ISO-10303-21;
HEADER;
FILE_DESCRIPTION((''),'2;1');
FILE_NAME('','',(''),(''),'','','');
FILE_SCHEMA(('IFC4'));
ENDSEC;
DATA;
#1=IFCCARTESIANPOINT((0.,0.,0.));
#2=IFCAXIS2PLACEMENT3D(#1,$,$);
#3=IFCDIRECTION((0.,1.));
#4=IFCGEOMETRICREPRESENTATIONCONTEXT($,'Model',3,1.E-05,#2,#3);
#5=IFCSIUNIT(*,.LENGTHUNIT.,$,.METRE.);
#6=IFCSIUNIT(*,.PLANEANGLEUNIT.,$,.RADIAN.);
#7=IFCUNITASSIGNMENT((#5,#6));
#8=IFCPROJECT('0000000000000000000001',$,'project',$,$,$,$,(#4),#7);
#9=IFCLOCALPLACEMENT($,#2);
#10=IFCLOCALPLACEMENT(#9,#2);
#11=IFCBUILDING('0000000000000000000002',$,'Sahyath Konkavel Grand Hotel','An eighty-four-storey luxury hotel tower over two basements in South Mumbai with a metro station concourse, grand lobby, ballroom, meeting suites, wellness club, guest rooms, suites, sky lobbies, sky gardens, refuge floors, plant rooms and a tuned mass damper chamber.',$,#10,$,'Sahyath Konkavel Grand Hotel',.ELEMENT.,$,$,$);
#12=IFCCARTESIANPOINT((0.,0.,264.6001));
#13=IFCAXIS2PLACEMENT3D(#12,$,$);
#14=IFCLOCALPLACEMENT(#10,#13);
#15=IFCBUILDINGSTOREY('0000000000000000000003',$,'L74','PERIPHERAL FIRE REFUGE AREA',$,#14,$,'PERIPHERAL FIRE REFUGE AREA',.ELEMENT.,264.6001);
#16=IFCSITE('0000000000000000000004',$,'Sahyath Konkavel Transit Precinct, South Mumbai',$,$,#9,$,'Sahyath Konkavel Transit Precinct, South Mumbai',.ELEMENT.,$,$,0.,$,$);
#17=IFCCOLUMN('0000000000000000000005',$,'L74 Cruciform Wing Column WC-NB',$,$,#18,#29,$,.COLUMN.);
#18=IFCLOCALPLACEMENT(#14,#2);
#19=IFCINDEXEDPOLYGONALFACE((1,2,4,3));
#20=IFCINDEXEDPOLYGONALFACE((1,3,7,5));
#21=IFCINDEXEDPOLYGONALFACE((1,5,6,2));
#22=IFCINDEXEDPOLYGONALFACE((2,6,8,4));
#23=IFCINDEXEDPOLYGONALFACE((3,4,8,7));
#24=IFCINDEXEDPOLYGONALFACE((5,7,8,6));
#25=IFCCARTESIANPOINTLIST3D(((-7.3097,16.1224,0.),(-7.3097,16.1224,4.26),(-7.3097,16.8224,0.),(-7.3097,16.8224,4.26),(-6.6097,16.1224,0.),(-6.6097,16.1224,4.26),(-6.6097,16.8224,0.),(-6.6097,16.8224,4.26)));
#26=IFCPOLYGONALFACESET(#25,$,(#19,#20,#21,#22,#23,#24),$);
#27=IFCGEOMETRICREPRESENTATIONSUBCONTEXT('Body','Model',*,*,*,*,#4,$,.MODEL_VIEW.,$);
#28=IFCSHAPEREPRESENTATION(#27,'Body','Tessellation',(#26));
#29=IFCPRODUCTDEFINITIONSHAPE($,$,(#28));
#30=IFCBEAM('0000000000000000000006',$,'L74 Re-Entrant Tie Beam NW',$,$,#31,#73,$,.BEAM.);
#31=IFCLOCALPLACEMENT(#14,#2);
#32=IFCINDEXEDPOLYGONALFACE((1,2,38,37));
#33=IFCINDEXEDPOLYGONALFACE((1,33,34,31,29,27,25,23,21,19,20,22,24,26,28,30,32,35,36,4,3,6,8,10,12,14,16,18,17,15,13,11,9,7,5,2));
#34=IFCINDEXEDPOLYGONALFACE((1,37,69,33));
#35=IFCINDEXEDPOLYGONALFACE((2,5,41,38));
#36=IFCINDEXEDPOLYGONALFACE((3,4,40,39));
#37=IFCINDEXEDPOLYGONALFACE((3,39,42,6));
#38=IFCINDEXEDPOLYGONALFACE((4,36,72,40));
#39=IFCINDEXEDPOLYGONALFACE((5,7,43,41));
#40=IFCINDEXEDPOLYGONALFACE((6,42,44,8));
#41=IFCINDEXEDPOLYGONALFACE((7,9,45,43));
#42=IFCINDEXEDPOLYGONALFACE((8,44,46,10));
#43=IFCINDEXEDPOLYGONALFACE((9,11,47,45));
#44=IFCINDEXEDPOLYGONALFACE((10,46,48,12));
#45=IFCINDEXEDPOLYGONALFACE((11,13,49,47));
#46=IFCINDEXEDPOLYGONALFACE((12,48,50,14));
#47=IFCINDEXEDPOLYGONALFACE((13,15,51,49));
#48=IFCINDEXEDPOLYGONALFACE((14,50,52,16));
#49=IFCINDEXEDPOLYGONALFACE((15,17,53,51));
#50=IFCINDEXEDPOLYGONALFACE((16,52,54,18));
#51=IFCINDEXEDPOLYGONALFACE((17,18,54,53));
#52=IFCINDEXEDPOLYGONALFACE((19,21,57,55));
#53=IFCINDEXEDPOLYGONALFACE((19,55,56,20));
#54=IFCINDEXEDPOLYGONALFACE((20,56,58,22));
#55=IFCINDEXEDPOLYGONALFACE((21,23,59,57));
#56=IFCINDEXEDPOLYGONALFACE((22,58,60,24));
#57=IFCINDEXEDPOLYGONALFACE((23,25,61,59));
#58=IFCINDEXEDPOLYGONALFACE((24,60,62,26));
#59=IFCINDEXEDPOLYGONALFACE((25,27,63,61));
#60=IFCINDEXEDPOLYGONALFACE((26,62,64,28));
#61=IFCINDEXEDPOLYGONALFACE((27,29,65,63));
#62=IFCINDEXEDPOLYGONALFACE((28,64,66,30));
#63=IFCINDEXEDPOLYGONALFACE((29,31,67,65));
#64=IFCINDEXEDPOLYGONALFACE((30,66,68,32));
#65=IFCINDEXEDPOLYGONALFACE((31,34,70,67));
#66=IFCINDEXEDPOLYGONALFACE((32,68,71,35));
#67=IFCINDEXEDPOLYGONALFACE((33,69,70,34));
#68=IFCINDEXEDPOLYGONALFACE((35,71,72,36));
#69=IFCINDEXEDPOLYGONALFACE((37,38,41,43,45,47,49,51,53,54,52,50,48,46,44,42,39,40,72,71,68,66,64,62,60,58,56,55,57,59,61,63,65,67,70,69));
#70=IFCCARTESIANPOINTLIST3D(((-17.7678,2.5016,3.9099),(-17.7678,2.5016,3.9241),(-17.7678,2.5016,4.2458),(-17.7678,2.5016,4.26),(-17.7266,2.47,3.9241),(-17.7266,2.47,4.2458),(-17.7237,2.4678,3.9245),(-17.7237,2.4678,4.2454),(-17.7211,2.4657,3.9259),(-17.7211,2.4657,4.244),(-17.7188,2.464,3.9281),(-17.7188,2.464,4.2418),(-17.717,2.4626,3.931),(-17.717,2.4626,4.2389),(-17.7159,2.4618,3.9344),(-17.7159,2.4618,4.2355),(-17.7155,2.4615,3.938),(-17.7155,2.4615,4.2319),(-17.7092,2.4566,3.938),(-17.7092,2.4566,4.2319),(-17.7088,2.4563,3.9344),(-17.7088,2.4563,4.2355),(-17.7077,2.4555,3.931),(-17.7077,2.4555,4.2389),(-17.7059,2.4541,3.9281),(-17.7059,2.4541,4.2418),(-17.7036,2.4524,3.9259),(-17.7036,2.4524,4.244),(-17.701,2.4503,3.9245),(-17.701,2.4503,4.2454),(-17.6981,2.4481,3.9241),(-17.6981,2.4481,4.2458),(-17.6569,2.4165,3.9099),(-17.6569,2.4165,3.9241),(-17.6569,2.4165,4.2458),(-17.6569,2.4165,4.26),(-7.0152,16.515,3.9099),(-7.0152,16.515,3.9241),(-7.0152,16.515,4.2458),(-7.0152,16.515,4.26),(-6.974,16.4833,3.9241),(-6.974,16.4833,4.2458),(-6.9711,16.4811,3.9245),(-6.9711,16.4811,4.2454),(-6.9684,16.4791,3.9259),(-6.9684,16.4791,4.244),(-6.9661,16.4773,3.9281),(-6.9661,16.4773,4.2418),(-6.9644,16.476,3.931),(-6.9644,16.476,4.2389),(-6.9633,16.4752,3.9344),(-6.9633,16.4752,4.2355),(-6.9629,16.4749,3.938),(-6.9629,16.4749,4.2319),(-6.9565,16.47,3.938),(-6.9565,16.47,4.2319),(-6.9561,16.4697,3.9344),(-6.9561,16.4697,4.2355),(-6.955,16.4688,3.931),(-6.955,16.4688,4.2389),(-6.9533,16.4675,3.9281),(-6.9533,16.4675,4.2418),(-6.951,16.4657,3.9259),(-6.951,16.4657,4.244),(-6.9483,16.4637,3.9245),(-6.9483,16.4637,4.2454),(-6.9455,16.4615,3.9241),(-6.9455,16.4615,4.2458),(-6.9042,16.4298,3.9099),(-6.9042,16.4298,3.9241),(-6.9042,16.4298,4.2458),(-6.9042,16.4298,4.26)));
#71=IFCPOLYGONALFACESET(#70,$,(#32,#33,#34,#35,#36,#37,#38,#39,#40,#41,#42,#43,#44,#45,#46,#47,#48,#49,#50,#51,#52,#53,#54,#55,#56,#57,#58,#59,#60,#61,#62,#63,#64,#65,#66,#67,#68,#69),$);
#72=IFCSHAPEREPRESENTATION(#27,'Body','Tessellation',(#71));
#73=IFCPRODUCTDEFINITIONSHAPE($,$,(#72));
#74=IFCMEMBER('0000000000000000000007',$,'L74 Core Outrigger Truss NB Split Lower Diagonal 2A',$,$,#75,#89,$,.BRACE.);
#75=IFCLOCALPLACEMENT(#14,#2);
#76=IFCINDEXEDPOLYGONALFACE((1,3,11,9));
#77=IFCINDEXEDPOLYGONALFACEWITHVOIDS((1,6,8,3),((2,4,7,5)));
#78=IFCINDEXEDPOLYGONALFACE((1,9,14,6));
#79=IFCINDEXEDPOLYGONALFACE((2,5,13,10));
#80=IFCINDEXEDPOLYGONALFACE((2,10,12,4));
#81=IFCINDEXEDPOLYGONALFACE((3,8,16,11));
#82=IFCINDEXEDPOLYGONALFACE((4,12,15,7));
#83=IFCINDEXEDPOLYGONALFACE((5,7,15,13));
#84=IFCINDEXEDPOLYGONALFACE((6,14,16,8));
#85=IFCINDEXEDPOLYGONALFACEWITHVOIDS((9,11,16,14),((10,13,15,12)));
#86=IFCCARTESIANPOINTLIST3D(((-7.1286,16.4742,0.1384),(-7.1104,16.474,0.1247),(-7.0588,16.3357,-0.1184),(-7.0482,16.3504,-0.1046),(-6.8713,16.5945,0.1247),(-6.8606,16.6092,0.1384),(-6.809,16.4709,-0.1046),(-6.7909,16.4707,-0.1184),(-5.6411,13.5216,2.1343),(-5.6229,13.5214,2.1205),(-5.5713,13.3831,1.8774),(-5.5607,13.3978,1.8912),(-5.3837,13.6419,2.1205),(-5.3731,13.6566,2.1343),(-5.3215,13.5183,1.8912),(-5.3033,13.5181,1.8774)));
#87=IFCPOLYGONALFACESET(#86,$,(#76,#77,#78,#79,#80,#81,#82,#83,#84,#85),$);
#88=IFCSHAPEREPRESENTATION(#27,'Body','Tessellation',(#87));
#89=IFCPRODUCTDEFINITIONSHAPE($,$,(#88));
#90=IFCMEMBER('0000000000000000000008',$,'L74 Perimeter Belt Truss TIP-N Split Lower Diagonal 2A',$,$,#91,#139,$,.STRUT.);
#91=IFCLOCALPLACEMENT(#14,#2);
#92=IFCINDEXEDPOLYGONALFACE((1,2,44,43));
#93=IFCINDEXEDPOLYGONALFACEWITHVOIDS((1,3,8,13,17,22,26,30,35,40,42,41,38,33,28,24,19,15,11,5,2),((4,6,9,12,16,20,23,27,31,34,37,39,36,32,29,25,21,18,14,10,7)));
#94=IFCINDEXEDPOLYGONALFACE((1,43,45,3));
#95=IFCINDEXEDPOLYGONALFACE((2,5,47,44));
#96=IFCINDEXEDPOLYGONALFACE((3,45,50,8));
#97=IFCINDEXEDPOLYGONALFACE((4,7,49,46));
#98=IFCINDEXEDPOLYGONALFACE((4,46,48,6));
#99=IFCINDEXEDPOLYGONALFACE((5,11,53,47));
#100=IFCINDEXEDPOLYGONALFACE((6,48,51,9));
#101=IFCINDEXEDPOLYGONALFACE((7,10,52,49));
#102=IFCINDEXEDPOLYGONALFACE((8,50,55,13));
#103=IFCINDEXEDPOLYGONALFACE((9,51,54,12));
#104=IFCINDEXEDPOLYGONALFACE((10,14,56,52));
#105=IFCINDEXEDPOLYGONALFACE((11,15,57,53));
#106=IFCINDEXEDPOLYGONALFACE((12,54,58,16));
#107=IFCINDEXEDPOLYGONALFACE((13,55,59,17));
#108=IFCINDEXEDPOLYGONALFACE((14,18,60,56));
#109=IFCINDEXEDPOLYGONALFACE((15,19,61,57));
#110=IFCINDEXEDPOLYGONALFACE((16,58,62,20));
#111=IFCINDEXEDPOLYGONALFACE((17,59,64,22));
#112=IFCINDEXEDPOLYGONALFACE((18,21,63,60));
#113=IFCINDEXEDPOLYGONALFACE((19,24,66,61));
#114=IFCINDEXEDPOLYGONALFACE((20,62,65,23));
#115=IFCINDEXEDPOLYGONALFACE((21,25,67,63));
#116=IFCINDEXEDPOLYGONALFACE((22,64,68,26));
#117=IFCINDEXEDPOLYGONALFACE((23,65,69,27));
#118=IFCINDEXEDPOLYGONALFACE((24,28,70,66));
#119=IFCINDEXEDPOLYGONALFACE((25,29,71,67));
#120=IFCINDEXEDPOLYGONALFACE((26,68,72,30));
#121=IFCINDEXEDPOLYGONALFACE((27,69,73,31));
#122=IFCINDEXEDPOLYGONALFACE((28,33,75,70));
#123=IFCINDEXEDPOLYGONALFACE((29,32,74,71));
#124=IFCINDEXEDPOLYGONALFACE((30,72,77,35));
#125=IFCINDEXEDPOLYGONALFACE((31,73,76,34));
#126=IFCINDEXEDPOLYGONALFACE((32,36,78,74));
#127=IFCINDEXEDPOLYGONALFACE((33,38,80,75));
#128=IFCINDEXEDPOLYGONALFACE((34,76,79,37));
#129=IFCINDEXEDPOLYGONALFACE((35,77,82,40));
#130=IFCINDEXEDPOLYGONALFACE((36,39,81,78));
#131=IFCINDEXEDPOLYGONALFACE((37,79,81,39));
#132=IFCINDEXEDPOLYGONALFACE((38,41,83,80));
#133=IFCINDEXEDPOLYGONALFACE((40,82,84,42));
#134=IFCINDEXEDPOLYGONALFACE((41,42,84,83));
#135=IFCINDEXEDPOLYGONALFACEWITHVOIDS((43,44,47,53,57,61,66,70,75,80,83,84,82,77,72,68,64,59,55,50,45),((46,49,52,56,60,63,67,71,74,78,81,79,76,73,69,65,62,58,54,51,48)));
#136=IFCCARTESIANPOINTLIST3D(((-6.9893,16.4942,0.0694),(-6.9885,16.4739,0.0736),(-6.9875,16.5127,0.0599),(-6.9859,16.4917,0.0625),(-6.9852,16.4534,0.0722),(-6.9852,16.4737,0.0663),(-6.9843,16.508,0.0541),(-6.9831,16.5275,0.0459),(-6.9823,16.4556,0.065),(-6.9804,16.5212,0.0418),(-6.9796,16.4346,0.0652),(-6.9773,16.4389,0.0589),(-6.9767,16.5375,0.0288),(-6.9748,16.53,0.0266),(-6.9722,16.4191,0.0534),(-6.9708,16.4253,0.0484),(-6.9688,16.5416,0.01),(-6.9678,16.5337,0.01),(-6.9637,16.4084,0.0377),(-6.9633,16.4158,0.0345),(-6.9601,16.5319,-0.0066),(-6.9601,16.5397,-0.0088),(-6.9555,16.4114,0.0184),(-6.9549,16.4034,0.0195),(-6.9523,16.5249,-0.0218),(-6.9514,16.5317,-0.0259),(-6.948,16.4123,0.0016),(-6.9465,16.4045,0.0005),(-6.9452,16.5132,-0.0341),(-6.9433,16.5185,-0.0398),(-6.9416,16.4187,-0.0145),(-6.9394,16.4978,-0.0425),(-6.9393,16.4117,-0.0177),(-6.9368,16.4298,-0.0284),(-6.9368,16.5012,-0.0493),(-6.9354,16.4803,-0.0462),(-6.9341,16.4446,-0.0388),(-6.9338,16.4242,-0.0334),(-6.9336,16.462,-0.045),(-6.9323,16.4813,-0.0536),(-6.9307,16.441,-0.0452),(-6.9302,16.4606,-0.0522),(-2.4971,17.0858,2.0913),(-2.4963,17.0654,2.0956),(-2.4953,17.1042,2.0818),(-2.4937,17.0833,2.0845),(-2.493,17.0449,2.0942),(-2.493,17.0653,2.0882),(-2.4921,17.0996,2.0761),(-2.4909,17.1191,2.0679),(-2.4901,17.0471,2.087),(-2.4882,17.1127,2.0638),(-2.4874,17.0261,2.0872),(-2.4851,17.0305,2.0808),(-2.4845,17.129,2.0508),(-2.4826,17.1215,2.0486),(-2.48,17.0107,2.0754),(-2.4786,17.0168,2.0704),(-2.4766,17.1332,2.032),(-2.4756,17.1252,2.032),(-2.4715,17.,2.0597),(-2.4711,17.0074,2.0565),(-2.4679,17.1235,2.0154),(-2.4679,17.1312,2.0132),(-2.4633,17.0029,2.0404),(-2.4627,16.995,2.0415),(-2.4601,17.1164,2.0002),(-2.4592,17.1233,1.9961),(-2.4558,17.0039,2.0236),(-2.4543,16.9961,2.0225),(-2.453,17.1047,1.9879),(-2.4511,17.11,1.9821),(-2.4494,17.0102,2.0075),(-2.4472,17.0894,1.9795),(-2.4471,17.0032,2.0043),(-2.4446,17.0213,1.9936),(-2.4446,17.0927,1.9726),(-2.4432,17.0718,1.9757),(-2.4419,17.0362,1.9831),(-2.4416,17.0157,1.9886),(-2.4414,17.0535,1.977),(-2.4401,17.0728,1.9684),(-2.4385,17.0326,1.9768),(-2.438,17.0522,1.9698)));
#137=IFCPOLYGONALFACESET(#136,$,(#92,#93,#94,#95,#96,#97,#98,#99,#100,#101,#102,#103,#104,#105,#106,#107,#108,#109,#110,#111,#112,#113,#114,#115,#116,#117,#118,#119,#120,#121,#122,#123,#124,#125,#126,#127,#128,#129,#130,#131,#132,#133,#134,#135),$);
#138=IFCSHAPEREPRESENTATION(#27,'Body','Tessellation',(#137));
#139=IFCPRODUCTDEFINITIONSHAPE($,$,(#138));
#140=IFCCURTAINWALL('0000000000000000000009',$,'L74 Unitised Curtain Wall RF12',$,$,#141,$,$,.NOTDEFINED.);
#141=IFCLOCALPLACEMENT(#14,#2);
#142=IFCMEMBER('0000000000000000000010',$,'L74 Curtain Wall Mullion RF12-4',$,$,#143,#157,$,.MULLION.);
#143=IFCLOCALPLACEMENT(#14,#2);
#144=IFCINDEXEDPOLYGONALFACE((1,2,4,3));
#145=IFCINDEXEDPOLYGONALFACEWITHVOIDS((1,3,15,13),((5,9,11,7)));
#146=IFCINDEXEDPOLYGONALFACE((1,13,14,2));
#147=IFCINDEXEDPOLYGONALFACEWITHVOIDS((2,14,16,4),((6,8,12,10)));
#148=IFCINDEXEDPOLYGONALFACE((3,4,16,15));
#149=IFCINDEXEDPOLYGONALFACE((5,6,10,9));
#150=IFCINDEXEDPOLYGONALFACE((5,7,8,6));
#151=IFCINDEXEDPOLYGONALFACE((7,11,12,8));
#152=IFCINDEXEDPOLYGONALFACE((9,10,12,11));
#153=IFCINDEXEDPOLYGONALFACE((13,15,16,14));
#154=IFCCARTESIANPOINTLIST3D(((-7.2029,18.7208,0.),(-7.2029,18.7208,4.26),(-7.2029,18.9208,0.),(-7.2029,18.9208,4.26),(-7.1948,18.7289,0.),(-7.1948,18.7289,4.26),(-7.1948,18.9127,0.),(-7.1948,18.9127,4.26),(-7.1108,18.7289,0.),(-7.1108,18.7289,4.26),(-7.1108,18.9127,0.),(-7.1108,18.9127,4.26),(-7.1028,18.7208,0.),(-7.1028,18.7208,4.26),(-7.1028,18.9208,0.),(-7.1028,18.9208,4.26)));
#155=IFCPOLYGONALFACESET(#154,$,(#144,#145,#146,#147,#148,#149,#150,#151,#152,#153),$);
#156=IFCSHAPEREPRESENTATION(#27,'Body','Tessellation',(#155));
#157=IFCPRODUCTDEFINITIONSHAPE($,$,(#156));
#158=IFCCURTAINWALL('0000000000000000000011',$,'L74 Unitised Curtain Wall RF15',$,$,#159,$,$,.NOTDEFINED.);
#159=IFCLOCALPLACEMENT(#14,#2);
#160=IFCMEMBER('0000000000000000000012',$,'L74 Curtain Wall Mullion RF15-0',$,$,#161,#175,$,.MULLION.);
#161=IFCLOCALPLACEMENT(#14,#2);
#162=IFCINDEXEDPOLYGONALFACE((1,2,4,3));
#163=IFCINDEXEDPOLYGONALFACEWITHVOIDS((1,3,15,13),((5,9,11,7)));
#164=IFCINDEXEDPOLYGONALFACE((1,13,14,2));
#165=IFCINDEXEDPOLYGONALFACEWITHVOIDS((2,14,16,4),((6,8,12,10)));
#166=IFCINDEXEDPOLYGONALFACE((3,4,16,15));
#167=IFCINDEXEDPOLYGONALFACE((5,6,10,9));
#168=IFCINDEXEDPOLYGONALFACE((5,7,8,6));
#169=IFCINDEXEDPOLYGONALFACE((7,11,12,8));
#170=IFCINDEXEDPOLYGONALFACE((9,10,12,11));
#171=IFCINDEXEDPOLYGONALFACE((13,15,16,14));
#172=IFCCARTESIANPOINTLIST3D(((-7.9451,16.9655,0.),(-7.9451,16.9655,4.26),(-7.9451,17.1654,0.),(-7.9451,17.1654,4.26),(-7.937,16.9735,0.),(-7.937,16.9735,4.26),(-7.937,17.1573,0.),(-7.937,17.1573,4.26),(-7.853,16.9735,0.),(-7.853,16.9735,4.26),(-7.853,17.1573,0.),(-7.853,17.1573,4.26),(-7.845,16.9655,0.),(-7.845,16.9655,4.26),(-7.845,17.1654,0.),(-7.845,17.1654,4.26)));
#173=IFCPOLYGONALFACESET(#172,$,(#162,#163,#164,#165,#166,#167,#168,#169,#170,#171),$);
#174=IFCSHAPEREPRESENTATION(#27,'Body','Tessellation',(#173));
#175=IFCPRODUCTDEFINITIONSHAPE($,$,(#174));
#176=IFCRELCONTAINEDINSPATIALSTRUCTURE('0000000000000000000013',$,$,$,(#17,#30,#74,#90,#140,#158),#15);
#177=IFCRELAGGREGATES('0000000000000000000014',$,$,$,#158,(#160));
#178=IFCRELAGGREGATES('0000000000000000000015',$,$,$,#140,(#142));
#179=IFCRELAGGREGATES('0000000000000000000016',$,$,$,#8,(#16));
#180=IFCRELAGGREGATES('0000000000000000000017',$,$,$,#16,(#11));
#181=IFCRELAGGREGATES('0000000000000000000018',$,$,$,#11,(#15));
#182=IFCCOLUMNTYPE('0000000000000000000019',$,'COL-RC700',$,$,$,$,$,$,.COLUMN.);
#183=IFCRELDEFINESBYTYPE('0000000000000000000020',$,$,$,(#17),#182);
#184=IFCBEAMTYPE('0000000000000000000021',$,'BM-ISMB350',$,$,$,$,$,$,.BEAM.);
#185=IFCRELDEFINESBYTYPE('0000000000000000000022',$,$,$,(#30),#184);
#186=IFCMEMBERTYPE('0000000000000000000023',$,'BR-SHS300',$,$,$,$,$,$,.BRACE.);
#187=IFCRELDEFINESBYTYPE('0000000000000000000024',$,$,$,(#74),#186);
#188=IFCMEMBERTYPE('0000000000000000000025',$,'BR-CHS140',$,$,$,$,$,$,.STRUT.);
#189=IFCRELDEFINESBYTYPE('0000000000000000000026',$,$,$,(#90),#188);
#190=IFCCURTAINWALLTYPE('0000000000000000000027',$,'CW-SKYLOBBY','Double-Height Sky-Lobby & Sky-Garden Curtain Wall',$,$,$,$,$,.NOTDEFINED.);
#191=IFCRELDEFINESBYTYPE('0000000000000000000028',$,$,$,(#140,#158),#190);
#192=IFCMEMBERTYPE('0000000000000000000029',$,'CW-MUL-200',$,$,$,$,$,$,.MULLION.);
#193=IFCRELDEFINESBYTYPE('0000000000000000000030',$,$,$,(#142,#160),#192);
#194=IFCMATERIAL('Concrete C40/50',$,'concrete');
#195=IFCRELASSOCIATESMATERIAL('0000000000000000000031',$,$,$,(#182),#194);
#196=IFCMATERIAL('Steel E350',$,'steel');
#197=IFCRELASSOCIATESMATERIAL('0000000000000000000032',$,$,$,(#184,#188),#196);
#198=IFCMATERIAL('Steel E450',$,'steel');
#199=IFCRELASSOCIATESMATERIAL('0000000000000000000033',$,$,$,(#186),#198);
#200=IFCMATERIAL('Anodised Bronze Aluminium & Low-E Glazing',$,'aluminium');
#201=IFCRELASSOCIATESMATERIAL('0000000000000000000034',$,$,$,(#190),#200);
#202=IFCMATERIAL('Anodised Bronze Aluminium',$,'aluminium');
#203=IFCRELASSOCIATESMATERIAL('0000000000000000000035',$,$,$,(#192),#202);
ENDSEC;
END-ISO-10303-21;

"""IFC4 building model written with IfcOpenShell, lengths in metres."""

from ifc_helpers import new_model, si_unit, direction, frame, origin, origin_2d, place, context, subcontext, project, spatial, rectangle, hollow_rectangle, hollow_circle, i_section, extrude, source, transform, mapped, material, material_profile, profile_set, type_object, element, aggregate, save


model = new_model("IFC4")

# Units and contexts
model_context = context("Model", 3, precision=1e-05, world=origin(), true_north=direction((0.0, 1.0)))
body_context = subcontext(model_context, "Body", "Model", "MODEL_VIEW")
ifc_project = project(units=[si_unit("LENGTHUNIT", "METRE"), si_unit("PLANEANGLEUNIT", "RADIAN")], contexts=[model_context])

# Site, building, storey
site_placement = place(None, origin())
site = spatial("IfcSite", under=ifc_project, at=site_placement, Name="Sahyath Konkavel Transit Precinct, South Mumbai", LongName="Sahyath Konkavel Transit Precinct, South Mumbai", CompositionType="ELEMENT", RefElevation=0.0)
building_placement = place(site_placement, origin())
building = spatial("IfcBuilding", under=site, at=building_placement, Name="Sahyath Konkavel Grand Hotel", Description="An eighty-four-storey luxury hotel tower over two basements in South Mumbai with a metro station concourse, grand lobby, ballroom, meeting suites, wellness club, guest rooms, suites, sky lobbies, sky gardens, refuge floors, plant rooms and a tuned mass damper chamber.", LongName="Sahyath Konkavel Grand Hotel", CompositionType="ELEMENT")
storey_placement = place(building_placement, frame((0.0, 0.0, 264.6001)))
storey = spatial("IfcBuildingStorey", under=building, at=storey_placement, Name="L74", Description="PERIPHERAL FIRE REFUGE AREA", LongName="PERIPHERAL FIRE REFUGE AREA", CompositionType="ELEMENT", Elevation=264.6001)

# Column
ifc_material_1 = material(Name="Concrete C40/50", Category="concrete")
ifc_material_profile_1 = material_profile(ifc_material_1, rectangle(XDim=0.7, YDim=0.7, at=origin_2d()), Name="RC 700x700")
ifc_profile_set_1 = profile_set([ifc_material_profile_1], Name="Concrete C40/50")
column_type = type_object("IfcColumnType", Name="COL-RC700", PredefinedType="COLUMN", material=ifc_profile_set_1)
shared_shape_1 = source(origin(), body_context, "Body", "SweptSolid", [
    extrude(rectangle(XDim=0.7, YDim=0.7, at=origin_2d()), origin(), (0.0, 0.0, 1.0), 4.26),
])
column_placement = place(storey_placement, frame((-6.9597, 16.4724, 0.0), z_axis=(0.0, 0.0, 1.0), x_axis=(1.0, 0.0, 0.0)))
element("IfcColumn", 1, at=column_placement, inside=storey, type_object=column_type, Name="L74 Cruciform Wing Column WC-NB", PredefinedType="COLUMN", context=body_context, shape_type="MappedRepresentation", body=[
    mapped(shared_shape_1, transform((0.0, 0.0, 0.0), scale=1.0)),
])

# Beam
ifc_material_2 = material(Name="Steel E350", Category="steel")
ifc_material_profile_2 = material_profile(ifc_material_2, i_section(OverallWidth=0.1399, OverallDepth=0.3501, WebThickness=0.0081, FlangeThickness=0.0142, FilletRadius=0.0139, at=origin_2d()), Name="ISMB 350")
ifc_profile_set_2 = profile_set([ifc_material_profile_2], Name="Steel E350")
beam_type = type_object("IfcBeamType", Name="BM-ISMB350", PredefinedType="BEAM", material=ifc_profile_set_2)
shared_shape_2 = source(origin(), body_context, "Body", "SweptSolid", [
    extrude(i_section(OverallWidth=0.1399, OverallDepth=0.3501, WebThickness=0.0081, FlangeThickness=0.0142, FilletRadius=0.0139, at=origin_2d()), origin(), (0.0, 0.0, 1.0), 17.6633),
])
beam_placement = place(storey_placement, frame((-6.9597, 16.4724, 4.085), z_axis=(-0.608754, -0.793359, 0.0), x_axis=(0.793359, -0.608754, 0.0)))
element("IfcBeam", 2, at=beam_placement, inside=storey, type_object=beam_type, Name="L74 Re-Entrant Tie Beam NW", PredefinedType="BEAM", context=body_context, shape_type="MappedRepresentation", body=[
    mapped(shared_shape_2, transform((0.0, 0.0, 0.0), scale=1.0)),
])

# Members
ifc_material_3 = material(Name="Steel E450", Category="steel")
ifc_material_profile_3 = material_profile(ifc_material_3, hollow_rectangle(XDim=0.3, YDim=0.3, WallThickness=0.0161, at=origin_2d()), Name="SHS 300x300x16")
ifc_profile_set_3 = profile_set([ifc_material_profile_3], Name="Steel E450")
member_type_1 = type_object("IfcMemberType", Name="BR-SHS300", PredefinedType="BRACE", material=ifc_profile_set_3)
shared_shape_3 = source(origin(), body_context, "Body", "SweptSolid", [
    extrude(hollow_rectangle(XDim=0.3, YDim=0.3, WallThickness=0.0161, at=origin_2d()), origin(), (0.0, 0.0, 1.0), 3.8618),
])
member_1_placement = place(storey_placement, frame((-6.9597, 16.4724, 0.01), z_axis=(0.385186, -0.764555, 0.516805), x_axis=(0.893064, 0.449929, 0.0)))
element("IfcMember", 3, at=member_1_placement, inside=storey, type_object=member_type_1, Name="L74 Core Outrigger Truss NB Split Lower Diagonal 2A", PredefinedType="BRACE", context=body_context, shape_type="MappedRepresentation", body=[
    mapped(shared_shape_3, transform((0.0, 0.0, 0.0), scale=1.0)),
])
ifc_material_profile_4 = material_profile(ifc_material_2, hollow_circle(Radius=0.0698, WallThickness=0.0081, at=origin_2d()), Name="CHS 139.7x8")
ifc_profile_set_4 = profile_set([ifc_material_profile_4], Name="Steel E350")
member_type_2 = type_object("IfcMemberType", Name="BR-CHS140", PredefinedType="STRUT", material=ifc_profile_set_4)
shared_shape_4 = source(origin(), body_context, "Body", "SweptSolid", [
    extrude(hollow_circle(Radius=0.0698, WallThickness=0.0081, at=origin_2d()), origin(), (0.0, 0.0, 1.0), 4.9617),
])
member_2_placement = place(storey_placement, frame((-6.9597, 16.4724, 0.01), z_axis=(0.90538, 0.119225, 0.40752), x_axis=(-0.130558, 0.991441, 0.0)))
element("IfcMember", 4, at=member_2_placement, inside=storey, type_object=member_type_2, Name="L74 Perimeter Belt Truss TIP-N Split Lower Diagonal 2A", PredefinedType="STRUT", context=body_context, shape_type="MappedRepresentation", body=[
    mapped(shared_shape_4, transform((0.0, 0.0, 0.0), scale=1.0)),
])

# Curtain wall, member
ifc_material_4 = material(Name="Anodised Bronze Aluminium & Low-E Glazing", Category="aluminium")
curtain_wall_type = type_object("IfcCurtainWallType", Name="CW-SKYLOBBY", Description="Double-Height Sky-Lobby & Sky-Garden Curtain Wall", PredefinedType="NOTDEFINED", material=ifc_material_4)
curtain_wall_1_placement = place(storey_placement, origin())
curtain_wall_1 = element("IfcCurtainWall", 5, at=curtain_wall_1_placement, inside=storey, type_object=curtain_wall_type, Name="L74 Unitised Curtain Wall RF12", PredefinedType="NOTDEFINED")
ifc_material_5 = material(Name="Anodised Bronze Aluminium", Category="aluminium")
ifc_material_profile_5 = material_profile(ifc_material_5, hollow_rectangle(XDim=0.1001, YDim=0.2, WallThickness=0.0081, at=origin_2d()), Name="RHS 200x100x8")
ifc_profile_set_5 = profile_set([ifc_material_profile_5], Name="Anodised Bronze Aluminium")
member_type_3 = type_object("IfcMemberType", Name="CW-MUL-200", PredefinedType="MULLION", material=ifc_profile_set_5)
shared_shape_5 = source(origin(), body_context, "Body", "SweptSolid", [
    extrude(hollow_rectangle(XDim=0.1001, YDim=0.2, WallThickness=0.0081, at=origin_2d()), origin(), (0.0, 0.0, 1.0), 4.26),
])
member_3_placement = place(storey_placement, frame((-7.1528, 18.8208, 0.0), z_axis=(0.0, 0.0, 1.0), x_axis=(1.0, 0.0, 0.0)))
member_3 = element("IfcMember", 6, at=member_3_placement, type_object=member_type_3, Name="L74 Curtain Wall Mullion RF12-4", PredefinedType="MULLION", context=body_context, shape_type="MappedRepresentation", body=[
    mapped(shared_shape_5, transform((0.0, 0.0, 0.0), scale=1.0)),
])

# Curtain wall, member
curtain_wall_2_placement = place(storey_placement, origin())
curtain_wall_2 = element("IfcCurtainWall", 7, at=curtain_wall_2_placement, inside=storey, type_object=curtain_wall_type, Name="L74 Unitised Curtain Wall RF15", PredefinedType="NOTDEFINED")
member_4_placement = place(storey_placement, frame((-7.895, 17.0654, 0.0), z_axis=(0.0, 0.0, 1.0), x_axis=(1.0, 0.0, 0.0)))
member_4 = element("IfcMember", 8, at=member_4_placement, type_object=member_type_3, Name="L74 Curtain Wall Mullion RF15-0", PredefinedType="MULLION", context=body_context, shape_type="MappedRepresentation", body=[
    mapped(shared_shape_5, transform((0.0, 0.0, 0.0), scale=1.0)),
])

aggregate(curtain_wall_2, [member_4])
aggregate(curtain_wall_1, [member_3])

save(model, "model.ifc")
